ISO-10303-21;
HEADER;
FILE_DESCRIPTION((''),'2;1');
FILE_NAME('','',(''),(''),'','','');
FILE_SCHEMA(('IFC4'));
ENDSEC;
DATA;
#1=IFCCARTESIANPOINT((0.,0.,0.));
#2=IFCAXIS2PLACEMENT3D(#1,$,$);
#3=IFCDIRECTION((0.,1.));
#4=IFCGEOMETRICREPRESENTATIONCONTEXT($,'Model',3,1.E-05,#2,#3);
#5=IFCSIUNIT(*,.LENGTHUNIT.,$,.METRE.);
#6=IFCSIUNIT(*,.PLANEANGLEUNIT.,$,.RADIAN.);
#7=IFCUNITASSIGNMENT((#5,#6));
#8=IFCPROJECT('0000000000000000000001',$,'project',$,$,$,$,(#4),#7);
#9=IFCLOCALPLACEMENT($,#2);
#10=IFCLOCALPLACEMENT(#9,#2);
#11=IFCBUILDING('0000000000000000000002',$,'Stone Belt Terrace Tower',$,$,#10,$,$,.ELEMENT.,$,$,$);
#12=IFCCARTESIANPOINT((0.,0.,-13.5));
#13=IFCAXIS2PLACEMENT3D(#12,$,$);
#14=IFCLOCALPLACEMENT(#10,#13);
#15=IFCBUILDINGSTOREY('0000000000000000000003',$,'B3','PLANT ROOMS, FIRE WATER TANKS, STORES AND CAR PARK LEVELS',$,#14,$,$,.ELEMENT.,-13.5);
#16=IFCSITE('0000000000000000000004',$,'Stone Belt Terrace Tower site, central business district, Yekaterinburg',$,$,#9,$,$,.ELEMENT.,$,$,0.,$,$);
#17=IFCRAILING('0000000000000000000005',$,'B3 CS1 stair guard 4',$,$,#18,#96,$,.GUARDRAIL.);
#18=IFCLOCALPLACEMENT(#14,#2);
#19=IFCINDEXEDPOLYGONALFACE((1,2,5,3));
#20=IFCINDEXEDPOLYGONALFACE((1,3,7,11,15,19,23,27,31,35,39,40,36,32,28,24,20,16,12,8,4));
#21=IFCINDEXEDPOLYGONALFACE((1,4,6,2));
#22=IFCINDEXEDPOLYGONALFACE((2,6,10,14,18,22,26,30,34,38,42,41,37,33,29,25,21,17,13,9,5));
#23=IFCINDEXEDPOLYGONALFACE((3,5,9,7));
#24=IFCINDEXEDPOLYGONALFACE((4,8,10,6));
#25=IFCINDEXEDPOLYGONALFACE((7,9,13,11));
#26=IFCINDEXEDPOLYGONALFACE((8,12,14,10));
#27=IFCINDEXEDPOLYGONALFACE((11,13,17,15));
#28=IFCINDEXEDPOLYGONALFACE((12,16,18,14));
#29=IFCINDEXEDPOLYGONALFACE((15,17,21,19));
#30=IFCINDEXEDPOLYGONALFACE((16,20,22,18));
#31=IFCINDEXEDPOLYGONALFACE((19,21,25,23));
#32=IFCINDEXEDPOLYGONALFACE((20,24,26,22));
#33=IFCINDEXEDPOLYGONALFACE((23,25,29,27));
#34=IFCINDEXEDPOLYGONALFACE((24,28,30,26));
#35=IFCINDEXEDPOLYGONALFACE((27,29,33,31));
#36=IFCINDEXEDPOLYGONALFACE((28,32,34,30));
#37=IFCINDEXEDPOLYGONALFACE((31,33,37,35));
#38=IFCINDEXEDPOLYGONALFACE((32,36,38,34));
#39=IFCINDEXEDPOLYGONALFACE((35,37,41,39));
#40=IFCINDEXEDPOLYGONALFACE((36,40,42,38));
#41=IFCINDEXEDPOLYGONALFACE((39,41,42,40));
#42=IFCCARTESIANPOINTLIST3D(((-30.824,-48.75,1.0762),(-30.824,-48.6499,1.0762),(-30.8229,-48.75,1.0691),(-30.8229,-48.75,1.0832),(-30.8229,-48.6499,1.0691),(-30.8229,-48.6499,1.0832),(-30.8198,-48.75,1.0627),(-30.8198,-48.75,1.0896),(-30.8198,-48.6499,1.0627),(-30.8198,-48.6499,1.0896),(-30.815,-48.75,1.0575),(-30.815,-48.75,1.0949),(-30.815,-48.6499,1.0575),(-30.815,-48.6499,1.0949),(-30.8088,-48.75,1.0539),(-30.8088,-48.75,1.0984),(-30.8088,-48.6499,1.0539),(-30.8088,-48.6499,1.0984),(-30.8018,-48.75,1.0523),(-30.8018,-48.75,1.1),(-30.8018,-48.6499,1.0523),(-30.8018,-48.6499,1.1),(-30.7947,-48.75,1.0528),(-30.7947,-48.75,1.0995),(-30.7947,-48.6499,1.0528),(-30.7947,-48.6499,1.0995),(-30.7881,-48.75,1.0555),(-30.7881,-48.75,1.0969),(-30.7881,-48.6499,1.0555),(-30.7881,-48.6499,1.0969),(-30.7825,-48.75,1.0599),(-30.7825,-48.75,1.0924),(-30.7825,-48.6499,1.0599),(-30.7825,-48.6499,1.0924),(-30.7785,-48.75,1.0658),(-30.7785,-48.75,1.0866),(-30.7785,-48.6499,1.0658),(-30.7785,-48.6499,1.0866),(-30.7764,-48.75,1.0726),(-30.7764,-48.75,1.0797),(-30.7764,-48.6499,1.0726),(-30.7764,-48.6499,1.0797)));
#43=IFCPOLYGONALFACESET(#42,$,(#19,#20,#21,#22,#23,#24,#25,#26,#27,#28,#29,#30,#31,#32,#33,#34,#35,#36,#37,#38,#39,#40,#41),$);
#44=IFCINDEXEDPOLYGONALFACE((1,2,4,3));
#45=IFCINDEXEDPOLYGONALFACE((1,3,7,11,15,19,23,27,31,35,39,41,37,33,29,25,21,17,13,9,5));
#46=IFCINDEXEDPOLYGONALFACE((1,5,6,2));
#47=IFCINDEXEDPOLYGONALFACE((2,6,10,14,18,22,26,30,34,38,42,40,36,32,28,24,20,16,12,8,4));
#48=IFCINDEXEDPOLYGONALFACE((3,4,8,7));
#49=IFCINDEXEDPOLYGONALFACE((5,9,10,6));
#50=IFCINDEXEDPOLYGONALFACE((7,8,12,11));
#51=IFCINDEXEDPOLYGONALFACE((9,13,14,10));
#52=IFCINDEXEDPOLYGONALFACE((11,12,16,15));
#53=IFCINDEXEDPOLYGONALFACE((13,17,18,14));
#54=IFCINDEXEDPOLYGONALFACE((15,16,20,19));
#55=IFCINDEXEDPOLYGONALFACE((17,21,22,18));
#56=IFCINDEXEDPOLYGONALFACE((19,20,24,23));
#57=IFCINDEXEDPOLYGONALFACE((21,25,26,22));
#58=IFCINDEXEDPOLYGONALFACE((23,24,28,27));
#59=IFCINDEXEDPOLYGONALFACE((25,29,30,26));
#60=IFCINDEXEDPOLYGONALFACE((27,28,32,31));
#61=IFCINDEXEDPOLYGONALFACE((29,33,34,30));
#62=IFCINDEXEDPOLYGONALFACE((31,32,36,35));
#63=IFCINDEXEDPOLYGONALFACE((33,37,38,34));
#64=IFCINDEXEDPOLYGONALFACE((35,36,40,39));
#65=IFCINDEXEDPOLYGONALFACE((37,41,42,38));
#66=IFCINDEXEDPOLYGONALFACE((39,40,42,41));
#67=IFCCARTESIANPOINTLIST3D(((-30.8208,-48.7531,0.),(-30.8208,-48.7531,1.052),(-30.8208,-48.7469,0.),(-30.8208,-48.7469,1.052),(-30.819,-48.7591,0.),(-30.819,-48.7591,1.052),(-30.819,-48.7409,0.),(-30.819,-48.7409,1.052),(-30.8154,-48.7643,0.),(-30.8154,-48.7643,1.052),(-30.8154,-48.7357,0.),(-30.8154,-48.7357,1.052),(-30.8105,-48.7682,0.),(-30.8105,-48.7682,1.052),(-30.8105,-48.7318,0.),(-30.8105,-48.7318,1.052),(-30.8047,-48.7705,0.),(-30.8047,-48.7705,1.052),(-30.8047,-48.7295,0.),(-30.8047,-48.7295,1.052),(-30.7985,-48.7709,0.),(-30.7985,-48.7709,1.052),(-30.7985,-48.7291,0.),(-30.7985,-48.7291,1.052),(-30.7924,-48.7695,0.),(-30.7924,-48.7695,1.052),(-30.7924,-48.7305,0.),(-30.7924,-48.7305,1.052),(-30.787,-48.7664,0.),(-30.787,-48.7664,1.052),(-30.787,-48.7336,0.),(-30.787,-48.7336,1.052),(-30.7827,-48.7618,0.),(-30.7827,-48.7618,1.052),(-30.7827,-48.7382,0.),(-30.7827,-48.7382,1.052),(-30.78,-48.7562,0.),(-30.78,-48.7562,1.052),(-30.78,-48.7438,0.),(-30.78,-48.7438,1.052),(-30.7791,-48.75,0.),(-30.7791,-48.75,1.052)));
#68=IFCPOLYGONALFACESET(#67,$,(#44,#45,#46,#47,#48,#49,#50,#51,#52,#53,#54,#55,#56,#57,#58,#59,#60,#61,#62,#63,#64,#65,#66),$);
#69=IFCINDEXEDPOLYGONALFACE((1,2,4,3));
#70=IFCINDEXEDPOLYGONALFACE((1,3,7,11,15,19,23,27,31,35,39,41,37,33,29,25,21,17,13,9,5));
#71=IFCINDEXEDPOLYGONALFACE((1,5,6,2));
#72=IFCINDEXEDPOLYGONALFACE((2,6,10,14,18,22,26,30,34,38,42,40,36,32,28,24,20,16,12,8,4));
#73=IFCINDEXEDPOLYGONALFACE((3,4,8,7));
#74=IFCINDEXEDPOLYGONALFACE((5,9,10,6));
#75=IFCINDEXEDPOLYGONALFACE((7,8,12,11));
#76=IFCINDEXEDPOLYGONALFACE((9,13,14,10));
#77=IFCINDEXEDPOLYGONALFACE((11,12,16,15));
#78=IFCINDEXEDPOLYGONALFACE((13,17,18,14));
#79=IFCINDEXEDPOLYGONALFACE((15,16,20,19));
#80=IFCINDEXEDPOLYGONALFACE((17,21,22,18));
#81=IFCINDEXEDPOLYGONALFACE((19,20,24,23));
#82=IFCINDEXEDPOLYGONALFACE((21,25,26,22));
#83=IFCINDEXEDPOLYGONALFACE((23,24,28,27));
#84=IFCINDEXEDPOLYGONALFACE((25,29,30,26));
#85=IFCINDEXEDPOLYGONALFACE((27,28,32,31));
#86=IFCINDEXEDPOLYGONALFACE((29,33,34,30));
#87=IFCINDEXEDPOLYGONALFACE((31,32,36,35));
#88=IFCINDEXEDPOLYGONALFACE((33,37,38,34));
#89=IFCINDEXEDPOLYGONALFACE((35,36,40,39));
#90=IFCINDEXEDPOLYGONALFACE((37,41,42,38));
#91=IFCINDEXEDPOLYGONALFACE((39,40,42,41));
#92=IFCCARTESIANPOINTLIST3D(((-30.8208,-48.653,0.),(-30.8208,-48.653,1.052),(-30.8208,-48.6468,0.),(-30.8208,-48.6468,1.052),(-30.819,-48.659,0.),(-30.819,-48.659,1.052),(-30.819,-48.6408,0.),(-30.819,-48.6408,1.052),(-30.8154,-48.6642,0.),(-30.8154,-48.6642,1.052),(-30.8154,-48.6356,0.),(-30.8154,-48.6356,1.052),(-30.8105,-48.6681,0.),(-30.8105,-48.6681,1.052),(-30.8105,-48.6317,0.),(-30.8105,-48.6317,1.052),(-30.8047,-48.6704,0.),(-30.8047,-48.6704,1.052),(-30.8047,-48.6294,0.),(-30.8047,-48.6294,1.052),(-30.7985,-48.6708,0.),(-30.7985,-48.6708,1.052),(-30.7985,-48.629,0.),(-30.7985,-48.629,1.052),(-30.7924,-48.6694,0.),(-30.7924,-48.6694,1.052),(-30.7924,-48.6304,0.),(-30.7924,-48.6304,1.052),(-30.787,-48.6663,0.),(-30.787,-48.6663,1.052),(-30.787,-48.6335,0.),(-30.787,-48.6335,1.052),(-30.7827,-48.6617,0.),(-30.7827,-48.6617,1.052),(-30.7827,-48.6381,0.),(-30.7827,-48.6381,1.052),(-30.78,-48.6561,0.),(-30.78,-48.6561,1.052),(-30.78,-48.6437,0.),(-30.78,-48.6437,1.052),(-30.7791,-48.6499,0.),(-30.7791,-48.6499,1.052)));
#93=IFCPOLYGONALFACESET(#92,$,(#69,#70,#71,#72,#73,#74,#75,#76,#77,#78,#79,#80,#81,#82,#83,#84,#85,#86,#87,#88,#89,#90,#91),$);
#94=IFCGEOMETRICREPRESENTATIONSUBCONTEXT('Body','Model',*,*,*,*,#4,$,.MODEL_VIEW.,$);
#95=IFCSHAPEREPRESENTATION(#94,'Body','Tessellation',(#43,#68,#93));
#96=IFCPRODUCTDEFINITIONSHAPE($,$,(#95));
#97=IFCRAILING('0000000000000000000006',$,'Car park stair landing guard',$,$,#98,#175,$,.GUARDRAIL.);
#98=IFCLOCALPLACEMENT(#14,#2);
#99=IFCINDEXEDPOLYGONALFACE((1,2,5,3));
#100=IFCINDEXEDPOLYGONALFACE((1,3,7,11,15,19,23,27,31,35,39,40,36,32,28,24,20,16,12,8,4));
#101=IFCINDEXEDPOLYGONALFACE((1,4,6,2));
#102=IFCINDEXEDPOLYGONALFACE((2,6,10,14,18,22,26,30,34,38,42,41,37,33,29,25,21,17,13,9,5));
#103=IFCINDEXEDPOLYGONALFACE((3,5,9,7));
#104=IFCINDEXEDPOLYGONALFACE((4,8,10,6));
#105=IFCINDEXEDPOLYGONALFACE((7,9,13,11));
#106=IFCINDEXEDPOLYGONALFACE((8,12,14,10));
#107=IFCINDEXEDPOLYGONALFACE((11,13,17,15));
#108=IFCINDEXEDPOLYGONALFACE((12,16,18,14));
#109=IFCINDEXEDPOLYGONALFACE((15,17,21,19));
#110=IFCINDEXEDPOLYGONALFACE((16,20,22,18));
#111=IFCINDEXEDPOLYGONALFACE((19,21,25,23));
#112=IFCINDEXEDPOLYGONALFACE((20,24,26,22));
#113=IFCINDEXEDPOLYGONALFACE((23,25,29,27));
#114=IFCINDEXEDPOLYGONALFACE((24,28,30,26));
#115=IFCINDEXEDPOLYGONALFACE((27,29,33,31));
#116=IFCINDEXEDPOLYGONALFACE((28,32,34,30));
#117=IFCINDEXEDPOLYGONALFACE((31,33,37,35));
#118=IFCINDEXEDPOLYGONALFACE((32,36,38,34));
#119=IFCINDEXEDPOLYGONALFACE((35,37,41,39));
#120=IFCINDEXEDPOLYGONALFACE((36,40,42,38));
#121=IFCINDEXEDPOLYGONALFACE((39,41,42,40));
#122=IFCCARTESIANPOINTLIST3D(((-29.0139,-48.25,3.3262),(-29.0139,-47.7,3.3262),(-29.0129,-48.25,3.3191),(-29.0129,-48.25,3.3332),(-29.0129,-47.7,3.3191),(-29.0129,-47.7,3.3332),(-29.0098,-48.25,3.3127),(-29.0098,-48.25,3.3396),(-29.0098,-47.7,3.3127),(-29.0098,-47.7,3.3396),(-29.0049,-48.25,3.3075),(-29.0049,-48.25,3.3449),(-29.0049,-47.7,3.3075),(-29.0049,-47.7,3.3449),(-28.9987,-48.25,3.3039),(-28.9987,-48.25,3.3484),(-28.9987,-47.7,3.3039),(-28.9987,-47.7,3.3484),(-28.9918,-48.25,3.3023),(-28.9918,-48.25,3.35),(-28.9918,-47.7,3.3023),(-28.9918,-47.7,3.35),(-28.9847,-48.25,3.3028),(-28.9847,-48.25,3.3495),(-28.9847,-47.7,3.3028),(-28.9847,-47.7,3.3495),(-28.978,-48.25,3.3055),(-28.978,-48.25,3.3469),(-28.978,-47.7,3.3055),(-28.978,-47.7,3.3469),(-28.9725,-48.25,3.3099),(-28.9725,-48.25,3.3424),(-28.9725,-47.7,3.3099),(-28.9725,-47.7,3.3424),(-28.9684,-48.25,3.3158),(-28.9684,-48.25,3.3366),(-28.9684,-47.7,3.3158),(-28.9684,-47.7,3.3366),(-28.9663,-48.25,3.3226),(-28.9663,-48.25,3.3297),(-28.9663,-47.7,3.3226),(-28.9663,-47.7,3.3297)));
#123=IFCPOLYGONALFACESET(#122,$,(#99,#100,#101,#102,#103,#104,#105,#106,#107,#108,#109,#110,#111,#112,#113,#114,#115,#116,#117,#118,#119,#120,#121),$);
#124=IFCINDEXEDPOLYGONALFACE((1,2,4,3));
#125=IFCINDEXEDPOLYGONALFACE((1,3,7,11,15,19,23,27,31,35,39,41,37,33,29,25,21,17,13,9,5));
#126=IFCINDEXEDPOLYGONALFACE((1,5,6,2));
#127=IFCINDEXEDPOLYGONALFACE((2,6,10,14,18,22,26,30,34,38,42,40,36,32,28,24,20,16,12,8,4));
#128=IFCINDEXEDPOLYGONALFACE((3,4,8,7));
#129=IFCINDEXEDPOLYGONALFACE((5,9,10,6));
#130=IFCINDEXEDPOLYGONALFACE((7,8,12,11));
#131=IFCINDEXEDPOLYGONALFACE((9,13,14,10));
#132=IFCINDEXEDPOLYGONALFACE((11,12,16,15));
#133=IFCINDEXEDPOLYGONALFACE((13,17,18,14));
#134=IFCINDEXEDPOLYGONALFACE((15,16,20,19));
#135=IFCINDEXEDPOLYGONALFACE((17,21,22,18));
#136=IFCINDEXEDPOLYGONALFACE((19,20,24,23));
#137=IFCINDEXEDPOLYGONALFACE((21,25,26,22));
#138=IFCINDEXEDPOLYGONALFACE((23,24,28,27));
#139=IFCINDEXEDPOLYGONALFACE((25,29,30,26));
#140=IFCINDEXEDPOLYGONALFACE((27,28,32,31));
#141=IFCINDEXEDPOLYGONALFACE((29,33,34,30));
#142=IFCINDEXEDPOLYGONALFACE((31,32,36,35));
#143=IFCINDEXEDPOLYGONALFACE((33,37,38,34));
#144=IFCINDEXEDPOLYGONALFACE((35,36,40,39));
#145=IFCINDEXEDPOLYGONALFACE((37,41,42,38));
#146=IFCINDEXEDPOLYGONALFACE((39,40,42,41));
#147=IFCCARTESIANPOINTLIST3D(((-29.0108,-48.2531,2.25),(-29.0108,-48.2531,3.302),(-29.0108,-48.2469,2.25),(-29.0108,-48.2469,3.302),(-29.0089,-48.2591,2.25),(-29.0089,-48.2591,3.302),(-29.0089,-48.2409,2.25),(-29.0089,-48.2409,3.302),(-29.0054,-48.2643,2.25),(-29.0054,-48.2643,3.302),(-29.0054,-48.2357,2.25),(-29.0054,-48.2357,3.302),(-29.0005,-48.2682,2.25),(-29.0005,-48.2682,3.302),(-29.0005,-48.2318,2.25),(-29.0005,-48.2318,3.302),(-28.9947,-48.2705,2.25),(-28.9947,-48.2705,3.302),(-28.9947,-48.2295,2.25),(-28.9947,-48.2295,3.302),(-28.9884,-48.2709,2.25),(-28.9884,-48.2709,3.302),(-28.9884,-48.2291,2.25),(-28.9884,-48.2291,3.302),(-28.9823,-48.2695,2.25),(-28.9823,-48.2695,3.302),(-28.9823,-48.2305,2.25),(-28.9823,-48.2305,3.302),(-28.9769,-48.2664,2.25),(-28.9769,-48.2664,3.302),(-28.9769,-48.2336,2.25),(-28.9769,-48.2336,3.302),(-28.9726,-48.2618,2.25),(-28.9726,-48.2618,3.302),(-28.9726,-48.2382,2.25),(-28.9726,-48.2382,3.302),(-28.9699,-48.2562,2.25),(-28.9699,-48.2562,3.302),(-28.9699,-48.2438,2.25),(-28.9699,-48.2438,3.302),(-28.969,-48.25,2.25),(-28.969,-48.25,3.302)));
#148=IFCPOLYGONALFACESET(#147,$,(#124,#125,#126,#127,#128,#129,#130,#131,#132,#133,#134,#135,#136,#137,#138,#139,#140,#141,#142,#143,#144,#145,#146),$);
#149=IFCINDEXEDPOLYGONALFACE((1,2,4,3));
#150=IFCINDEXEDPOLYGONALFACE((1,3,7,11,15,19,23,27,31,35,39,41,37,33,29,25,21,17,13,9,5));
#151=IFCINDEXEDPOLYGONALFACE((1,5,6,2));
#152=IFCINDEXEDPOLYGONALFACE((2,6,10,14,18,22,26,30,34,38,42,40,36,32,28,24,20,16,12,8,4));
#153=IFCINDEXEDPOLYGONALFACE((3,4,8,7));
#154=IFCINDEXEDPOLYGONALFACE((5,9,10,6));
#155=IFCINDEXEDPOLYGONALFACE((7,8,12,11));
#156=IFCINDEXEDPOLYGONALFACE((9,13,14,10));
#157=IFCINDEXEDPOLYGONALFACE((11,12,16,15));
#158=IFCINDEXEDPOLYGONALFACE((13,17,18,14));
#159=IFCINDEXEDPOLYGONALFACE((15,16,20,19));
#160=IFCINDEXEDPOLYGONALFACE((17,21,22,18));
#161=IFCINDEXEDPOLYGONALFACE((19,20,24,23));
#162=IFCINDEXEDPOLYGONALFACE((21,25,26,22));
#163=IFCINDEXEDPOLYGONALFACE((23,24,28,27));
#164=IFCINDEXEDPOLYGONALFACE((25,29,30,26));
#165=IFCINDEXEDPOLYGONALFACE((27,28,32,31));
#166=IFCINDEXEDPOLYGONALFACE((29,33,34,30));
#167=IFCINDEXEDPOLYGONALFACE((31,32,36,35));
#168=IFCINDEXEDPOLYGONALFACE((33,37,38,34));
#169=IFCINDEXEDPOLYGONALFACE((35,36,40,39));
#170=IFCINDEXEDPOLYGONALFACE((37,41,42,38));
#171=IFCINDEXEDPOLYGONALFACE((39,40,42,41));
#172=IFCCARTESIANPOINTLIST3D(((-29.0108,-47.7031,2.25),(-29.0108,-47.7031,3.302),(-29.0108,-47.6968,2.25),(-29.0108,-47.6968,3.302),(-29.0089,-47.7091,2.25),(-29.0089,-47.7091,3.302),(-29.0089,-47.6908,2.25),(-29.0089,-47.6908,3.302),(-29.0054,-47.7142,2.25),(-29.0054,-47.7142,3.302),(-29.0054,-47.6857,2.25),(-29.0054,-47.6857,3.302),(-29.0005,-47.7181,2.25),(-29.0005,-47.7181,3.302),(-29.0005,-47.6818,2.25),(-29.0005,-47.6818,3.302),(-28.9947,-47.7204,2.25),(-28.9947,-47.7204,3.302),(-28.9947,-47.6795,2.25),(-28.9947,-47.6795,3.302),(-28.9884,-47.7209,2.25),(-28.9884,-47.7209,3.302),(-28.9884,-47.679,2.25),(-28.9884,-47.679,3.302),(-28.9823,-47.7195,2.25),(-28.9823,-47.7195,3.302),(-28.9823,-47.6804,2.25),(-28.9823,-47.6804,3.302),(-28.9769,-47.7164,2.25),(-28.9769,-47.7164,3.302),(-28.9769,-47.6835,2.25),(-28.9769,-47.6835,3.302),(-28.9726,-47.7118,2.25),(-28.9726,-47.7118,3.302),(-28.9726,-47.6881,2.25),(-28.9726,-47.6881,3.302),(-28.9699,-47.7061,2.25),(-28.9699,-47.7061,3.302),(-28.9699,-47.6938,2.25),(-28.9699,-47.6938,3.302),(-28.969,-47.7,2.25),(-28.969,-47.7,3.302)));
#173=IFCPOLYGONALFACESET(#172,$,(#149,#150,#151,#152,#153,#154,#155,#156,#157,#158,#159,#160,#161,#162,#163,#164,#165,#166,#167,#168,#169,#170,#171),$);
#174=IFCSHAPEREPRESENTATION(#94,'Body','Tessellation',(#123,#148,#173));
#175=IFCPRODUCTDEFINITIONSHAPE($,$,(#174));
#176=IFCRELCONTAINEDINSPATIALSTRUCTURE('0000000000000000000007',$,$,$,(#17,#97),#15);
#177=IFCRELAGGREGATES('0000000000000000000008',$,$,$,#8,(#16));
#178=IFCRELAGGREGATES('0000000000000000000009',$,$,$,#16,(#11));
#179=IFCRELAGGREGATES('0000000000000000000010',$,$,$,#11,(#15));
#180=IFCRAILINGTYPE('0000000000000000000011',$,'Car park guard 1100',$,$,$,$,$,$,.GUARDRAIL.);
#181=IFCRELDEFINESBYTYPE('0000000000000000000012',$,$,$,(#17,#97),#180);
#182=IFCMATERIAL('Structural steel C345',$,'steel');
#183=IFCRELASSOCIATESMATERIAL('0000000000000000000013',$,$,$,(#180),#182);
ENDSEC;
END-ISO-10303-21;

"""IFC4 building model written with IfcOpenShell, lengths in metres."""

from ifc_helpers import new_model, si_unit, direction, frame, origin, origin_2d, place, context, subcontext, project, spatial, circle, extrude, material, type_object, element, save


model = new_model("IFC4")

# Units and contexts
model_context = context("Model", 3, precision=1e-05, world=origin(), true_north=direction((0.0, 1.0)))
body_context = subcontext(model_context, "Body", "Model", "MODEL_VIEW")
ifc_project = project(units=[si_unit("LENGTHUNIT", "METRE"), si_unit("PLANEANGLEUNIT", "RADIAN")], contexts=[model_context])

# Site, building, storey
site_placement = place(None, origin())
site = spatial("IfcSite", under=ifc_project, at=site_placement, Name="Stone Belt Terrace Tower site, central business district, Yekaterinburg", CompositionType="ELEMENT", RefElevation=0.0)
building_placement = place(site_placement, origin())
building = spatial("IfcBuilding", under=site, at=building_placement, Name="Stone Belt Terrace Tower", CompositionType="ELEMENT")
storey_placement = place(building_placement, frame((0.0, 0.0, -13.5)))
storey = spatial("IfcBuildingStorey", under=building, at=storey_placement, Name="B3", Description="PLANT ROOMS, FIRE WATER TANKS, STORES AND CAR PARK LEVELS", CompositionType="ELEMENT", Elevation=-13.5)

# Railings
ifc_material_1 = material(Name="Structural steel C345", Category="steel")
railing_type_1 = type_object("IfcRailingType", Name="Car park guard 1100", PredefinedType="GUARDRAIL", material=ifc_material_1)
railing_1_placement = place(storey_placement, frame((-30.8, -48.75, 0.0)))
element("IfcRailing", 1, at=railing_1_placement, inside=storey, type_object=railing_type_1, Name="B3 CS1 stair guard 4", PredefinedType="GUARDRAIL", context=body_context, shape_type="SweptSolid", body=[
    extrude(circle(Radius=0.0239, at=origin_2d()), frame((0.0, 0.0, 1.0762), z_axis=(0.0, 1.0, 0.0), x_axis=(-1.0, 0.0, 0.0)), (0.0, 0.0, 1.0), 0.1001),
    extrude(circle(Radius=0.021, at=origin_2d()), origin(), (0.0, 0.0, 1.0), 1.052),
    extrude(circle(Radius=0.021, at=origin_2d()), frame((0.0, 0.1001, 0.0)), (0.0, 0.0, 1.0), 1.052),
])
railing_2_placement = place(storey_placement, frame((-28.99, -48.25, 2.25)))
element("IfcRailing", 2, at=railing_2_placement, inside=storey, type_object=railing_type_1, Name="Car park stair landing guard", PredefinedType="GUARDRAIL", context=body_context, shape_type="SweptSolid", body=[
    extrude(circle(Radius=0.0239, at=origin_2d()), frame((0.0, 0.0, 1.0762), z_axis=(0.0, 1.0, 0.0), x_axis=(-1.0, 0.0, 0.0)), (0.0, 0.0, 1.0), 0.55),
    extrude(circle(Radius=0.021, at=origin_2d()), origin(), (0.0, 0.0, 1.0), 1.052),
    extrude(circle(Radius=0.021, at=origin_2d()), frame((0.0, 0.55, 0.0)), (0.0, 0.0, 1.0), 1.052),
])

save(model, "model.ifc")
